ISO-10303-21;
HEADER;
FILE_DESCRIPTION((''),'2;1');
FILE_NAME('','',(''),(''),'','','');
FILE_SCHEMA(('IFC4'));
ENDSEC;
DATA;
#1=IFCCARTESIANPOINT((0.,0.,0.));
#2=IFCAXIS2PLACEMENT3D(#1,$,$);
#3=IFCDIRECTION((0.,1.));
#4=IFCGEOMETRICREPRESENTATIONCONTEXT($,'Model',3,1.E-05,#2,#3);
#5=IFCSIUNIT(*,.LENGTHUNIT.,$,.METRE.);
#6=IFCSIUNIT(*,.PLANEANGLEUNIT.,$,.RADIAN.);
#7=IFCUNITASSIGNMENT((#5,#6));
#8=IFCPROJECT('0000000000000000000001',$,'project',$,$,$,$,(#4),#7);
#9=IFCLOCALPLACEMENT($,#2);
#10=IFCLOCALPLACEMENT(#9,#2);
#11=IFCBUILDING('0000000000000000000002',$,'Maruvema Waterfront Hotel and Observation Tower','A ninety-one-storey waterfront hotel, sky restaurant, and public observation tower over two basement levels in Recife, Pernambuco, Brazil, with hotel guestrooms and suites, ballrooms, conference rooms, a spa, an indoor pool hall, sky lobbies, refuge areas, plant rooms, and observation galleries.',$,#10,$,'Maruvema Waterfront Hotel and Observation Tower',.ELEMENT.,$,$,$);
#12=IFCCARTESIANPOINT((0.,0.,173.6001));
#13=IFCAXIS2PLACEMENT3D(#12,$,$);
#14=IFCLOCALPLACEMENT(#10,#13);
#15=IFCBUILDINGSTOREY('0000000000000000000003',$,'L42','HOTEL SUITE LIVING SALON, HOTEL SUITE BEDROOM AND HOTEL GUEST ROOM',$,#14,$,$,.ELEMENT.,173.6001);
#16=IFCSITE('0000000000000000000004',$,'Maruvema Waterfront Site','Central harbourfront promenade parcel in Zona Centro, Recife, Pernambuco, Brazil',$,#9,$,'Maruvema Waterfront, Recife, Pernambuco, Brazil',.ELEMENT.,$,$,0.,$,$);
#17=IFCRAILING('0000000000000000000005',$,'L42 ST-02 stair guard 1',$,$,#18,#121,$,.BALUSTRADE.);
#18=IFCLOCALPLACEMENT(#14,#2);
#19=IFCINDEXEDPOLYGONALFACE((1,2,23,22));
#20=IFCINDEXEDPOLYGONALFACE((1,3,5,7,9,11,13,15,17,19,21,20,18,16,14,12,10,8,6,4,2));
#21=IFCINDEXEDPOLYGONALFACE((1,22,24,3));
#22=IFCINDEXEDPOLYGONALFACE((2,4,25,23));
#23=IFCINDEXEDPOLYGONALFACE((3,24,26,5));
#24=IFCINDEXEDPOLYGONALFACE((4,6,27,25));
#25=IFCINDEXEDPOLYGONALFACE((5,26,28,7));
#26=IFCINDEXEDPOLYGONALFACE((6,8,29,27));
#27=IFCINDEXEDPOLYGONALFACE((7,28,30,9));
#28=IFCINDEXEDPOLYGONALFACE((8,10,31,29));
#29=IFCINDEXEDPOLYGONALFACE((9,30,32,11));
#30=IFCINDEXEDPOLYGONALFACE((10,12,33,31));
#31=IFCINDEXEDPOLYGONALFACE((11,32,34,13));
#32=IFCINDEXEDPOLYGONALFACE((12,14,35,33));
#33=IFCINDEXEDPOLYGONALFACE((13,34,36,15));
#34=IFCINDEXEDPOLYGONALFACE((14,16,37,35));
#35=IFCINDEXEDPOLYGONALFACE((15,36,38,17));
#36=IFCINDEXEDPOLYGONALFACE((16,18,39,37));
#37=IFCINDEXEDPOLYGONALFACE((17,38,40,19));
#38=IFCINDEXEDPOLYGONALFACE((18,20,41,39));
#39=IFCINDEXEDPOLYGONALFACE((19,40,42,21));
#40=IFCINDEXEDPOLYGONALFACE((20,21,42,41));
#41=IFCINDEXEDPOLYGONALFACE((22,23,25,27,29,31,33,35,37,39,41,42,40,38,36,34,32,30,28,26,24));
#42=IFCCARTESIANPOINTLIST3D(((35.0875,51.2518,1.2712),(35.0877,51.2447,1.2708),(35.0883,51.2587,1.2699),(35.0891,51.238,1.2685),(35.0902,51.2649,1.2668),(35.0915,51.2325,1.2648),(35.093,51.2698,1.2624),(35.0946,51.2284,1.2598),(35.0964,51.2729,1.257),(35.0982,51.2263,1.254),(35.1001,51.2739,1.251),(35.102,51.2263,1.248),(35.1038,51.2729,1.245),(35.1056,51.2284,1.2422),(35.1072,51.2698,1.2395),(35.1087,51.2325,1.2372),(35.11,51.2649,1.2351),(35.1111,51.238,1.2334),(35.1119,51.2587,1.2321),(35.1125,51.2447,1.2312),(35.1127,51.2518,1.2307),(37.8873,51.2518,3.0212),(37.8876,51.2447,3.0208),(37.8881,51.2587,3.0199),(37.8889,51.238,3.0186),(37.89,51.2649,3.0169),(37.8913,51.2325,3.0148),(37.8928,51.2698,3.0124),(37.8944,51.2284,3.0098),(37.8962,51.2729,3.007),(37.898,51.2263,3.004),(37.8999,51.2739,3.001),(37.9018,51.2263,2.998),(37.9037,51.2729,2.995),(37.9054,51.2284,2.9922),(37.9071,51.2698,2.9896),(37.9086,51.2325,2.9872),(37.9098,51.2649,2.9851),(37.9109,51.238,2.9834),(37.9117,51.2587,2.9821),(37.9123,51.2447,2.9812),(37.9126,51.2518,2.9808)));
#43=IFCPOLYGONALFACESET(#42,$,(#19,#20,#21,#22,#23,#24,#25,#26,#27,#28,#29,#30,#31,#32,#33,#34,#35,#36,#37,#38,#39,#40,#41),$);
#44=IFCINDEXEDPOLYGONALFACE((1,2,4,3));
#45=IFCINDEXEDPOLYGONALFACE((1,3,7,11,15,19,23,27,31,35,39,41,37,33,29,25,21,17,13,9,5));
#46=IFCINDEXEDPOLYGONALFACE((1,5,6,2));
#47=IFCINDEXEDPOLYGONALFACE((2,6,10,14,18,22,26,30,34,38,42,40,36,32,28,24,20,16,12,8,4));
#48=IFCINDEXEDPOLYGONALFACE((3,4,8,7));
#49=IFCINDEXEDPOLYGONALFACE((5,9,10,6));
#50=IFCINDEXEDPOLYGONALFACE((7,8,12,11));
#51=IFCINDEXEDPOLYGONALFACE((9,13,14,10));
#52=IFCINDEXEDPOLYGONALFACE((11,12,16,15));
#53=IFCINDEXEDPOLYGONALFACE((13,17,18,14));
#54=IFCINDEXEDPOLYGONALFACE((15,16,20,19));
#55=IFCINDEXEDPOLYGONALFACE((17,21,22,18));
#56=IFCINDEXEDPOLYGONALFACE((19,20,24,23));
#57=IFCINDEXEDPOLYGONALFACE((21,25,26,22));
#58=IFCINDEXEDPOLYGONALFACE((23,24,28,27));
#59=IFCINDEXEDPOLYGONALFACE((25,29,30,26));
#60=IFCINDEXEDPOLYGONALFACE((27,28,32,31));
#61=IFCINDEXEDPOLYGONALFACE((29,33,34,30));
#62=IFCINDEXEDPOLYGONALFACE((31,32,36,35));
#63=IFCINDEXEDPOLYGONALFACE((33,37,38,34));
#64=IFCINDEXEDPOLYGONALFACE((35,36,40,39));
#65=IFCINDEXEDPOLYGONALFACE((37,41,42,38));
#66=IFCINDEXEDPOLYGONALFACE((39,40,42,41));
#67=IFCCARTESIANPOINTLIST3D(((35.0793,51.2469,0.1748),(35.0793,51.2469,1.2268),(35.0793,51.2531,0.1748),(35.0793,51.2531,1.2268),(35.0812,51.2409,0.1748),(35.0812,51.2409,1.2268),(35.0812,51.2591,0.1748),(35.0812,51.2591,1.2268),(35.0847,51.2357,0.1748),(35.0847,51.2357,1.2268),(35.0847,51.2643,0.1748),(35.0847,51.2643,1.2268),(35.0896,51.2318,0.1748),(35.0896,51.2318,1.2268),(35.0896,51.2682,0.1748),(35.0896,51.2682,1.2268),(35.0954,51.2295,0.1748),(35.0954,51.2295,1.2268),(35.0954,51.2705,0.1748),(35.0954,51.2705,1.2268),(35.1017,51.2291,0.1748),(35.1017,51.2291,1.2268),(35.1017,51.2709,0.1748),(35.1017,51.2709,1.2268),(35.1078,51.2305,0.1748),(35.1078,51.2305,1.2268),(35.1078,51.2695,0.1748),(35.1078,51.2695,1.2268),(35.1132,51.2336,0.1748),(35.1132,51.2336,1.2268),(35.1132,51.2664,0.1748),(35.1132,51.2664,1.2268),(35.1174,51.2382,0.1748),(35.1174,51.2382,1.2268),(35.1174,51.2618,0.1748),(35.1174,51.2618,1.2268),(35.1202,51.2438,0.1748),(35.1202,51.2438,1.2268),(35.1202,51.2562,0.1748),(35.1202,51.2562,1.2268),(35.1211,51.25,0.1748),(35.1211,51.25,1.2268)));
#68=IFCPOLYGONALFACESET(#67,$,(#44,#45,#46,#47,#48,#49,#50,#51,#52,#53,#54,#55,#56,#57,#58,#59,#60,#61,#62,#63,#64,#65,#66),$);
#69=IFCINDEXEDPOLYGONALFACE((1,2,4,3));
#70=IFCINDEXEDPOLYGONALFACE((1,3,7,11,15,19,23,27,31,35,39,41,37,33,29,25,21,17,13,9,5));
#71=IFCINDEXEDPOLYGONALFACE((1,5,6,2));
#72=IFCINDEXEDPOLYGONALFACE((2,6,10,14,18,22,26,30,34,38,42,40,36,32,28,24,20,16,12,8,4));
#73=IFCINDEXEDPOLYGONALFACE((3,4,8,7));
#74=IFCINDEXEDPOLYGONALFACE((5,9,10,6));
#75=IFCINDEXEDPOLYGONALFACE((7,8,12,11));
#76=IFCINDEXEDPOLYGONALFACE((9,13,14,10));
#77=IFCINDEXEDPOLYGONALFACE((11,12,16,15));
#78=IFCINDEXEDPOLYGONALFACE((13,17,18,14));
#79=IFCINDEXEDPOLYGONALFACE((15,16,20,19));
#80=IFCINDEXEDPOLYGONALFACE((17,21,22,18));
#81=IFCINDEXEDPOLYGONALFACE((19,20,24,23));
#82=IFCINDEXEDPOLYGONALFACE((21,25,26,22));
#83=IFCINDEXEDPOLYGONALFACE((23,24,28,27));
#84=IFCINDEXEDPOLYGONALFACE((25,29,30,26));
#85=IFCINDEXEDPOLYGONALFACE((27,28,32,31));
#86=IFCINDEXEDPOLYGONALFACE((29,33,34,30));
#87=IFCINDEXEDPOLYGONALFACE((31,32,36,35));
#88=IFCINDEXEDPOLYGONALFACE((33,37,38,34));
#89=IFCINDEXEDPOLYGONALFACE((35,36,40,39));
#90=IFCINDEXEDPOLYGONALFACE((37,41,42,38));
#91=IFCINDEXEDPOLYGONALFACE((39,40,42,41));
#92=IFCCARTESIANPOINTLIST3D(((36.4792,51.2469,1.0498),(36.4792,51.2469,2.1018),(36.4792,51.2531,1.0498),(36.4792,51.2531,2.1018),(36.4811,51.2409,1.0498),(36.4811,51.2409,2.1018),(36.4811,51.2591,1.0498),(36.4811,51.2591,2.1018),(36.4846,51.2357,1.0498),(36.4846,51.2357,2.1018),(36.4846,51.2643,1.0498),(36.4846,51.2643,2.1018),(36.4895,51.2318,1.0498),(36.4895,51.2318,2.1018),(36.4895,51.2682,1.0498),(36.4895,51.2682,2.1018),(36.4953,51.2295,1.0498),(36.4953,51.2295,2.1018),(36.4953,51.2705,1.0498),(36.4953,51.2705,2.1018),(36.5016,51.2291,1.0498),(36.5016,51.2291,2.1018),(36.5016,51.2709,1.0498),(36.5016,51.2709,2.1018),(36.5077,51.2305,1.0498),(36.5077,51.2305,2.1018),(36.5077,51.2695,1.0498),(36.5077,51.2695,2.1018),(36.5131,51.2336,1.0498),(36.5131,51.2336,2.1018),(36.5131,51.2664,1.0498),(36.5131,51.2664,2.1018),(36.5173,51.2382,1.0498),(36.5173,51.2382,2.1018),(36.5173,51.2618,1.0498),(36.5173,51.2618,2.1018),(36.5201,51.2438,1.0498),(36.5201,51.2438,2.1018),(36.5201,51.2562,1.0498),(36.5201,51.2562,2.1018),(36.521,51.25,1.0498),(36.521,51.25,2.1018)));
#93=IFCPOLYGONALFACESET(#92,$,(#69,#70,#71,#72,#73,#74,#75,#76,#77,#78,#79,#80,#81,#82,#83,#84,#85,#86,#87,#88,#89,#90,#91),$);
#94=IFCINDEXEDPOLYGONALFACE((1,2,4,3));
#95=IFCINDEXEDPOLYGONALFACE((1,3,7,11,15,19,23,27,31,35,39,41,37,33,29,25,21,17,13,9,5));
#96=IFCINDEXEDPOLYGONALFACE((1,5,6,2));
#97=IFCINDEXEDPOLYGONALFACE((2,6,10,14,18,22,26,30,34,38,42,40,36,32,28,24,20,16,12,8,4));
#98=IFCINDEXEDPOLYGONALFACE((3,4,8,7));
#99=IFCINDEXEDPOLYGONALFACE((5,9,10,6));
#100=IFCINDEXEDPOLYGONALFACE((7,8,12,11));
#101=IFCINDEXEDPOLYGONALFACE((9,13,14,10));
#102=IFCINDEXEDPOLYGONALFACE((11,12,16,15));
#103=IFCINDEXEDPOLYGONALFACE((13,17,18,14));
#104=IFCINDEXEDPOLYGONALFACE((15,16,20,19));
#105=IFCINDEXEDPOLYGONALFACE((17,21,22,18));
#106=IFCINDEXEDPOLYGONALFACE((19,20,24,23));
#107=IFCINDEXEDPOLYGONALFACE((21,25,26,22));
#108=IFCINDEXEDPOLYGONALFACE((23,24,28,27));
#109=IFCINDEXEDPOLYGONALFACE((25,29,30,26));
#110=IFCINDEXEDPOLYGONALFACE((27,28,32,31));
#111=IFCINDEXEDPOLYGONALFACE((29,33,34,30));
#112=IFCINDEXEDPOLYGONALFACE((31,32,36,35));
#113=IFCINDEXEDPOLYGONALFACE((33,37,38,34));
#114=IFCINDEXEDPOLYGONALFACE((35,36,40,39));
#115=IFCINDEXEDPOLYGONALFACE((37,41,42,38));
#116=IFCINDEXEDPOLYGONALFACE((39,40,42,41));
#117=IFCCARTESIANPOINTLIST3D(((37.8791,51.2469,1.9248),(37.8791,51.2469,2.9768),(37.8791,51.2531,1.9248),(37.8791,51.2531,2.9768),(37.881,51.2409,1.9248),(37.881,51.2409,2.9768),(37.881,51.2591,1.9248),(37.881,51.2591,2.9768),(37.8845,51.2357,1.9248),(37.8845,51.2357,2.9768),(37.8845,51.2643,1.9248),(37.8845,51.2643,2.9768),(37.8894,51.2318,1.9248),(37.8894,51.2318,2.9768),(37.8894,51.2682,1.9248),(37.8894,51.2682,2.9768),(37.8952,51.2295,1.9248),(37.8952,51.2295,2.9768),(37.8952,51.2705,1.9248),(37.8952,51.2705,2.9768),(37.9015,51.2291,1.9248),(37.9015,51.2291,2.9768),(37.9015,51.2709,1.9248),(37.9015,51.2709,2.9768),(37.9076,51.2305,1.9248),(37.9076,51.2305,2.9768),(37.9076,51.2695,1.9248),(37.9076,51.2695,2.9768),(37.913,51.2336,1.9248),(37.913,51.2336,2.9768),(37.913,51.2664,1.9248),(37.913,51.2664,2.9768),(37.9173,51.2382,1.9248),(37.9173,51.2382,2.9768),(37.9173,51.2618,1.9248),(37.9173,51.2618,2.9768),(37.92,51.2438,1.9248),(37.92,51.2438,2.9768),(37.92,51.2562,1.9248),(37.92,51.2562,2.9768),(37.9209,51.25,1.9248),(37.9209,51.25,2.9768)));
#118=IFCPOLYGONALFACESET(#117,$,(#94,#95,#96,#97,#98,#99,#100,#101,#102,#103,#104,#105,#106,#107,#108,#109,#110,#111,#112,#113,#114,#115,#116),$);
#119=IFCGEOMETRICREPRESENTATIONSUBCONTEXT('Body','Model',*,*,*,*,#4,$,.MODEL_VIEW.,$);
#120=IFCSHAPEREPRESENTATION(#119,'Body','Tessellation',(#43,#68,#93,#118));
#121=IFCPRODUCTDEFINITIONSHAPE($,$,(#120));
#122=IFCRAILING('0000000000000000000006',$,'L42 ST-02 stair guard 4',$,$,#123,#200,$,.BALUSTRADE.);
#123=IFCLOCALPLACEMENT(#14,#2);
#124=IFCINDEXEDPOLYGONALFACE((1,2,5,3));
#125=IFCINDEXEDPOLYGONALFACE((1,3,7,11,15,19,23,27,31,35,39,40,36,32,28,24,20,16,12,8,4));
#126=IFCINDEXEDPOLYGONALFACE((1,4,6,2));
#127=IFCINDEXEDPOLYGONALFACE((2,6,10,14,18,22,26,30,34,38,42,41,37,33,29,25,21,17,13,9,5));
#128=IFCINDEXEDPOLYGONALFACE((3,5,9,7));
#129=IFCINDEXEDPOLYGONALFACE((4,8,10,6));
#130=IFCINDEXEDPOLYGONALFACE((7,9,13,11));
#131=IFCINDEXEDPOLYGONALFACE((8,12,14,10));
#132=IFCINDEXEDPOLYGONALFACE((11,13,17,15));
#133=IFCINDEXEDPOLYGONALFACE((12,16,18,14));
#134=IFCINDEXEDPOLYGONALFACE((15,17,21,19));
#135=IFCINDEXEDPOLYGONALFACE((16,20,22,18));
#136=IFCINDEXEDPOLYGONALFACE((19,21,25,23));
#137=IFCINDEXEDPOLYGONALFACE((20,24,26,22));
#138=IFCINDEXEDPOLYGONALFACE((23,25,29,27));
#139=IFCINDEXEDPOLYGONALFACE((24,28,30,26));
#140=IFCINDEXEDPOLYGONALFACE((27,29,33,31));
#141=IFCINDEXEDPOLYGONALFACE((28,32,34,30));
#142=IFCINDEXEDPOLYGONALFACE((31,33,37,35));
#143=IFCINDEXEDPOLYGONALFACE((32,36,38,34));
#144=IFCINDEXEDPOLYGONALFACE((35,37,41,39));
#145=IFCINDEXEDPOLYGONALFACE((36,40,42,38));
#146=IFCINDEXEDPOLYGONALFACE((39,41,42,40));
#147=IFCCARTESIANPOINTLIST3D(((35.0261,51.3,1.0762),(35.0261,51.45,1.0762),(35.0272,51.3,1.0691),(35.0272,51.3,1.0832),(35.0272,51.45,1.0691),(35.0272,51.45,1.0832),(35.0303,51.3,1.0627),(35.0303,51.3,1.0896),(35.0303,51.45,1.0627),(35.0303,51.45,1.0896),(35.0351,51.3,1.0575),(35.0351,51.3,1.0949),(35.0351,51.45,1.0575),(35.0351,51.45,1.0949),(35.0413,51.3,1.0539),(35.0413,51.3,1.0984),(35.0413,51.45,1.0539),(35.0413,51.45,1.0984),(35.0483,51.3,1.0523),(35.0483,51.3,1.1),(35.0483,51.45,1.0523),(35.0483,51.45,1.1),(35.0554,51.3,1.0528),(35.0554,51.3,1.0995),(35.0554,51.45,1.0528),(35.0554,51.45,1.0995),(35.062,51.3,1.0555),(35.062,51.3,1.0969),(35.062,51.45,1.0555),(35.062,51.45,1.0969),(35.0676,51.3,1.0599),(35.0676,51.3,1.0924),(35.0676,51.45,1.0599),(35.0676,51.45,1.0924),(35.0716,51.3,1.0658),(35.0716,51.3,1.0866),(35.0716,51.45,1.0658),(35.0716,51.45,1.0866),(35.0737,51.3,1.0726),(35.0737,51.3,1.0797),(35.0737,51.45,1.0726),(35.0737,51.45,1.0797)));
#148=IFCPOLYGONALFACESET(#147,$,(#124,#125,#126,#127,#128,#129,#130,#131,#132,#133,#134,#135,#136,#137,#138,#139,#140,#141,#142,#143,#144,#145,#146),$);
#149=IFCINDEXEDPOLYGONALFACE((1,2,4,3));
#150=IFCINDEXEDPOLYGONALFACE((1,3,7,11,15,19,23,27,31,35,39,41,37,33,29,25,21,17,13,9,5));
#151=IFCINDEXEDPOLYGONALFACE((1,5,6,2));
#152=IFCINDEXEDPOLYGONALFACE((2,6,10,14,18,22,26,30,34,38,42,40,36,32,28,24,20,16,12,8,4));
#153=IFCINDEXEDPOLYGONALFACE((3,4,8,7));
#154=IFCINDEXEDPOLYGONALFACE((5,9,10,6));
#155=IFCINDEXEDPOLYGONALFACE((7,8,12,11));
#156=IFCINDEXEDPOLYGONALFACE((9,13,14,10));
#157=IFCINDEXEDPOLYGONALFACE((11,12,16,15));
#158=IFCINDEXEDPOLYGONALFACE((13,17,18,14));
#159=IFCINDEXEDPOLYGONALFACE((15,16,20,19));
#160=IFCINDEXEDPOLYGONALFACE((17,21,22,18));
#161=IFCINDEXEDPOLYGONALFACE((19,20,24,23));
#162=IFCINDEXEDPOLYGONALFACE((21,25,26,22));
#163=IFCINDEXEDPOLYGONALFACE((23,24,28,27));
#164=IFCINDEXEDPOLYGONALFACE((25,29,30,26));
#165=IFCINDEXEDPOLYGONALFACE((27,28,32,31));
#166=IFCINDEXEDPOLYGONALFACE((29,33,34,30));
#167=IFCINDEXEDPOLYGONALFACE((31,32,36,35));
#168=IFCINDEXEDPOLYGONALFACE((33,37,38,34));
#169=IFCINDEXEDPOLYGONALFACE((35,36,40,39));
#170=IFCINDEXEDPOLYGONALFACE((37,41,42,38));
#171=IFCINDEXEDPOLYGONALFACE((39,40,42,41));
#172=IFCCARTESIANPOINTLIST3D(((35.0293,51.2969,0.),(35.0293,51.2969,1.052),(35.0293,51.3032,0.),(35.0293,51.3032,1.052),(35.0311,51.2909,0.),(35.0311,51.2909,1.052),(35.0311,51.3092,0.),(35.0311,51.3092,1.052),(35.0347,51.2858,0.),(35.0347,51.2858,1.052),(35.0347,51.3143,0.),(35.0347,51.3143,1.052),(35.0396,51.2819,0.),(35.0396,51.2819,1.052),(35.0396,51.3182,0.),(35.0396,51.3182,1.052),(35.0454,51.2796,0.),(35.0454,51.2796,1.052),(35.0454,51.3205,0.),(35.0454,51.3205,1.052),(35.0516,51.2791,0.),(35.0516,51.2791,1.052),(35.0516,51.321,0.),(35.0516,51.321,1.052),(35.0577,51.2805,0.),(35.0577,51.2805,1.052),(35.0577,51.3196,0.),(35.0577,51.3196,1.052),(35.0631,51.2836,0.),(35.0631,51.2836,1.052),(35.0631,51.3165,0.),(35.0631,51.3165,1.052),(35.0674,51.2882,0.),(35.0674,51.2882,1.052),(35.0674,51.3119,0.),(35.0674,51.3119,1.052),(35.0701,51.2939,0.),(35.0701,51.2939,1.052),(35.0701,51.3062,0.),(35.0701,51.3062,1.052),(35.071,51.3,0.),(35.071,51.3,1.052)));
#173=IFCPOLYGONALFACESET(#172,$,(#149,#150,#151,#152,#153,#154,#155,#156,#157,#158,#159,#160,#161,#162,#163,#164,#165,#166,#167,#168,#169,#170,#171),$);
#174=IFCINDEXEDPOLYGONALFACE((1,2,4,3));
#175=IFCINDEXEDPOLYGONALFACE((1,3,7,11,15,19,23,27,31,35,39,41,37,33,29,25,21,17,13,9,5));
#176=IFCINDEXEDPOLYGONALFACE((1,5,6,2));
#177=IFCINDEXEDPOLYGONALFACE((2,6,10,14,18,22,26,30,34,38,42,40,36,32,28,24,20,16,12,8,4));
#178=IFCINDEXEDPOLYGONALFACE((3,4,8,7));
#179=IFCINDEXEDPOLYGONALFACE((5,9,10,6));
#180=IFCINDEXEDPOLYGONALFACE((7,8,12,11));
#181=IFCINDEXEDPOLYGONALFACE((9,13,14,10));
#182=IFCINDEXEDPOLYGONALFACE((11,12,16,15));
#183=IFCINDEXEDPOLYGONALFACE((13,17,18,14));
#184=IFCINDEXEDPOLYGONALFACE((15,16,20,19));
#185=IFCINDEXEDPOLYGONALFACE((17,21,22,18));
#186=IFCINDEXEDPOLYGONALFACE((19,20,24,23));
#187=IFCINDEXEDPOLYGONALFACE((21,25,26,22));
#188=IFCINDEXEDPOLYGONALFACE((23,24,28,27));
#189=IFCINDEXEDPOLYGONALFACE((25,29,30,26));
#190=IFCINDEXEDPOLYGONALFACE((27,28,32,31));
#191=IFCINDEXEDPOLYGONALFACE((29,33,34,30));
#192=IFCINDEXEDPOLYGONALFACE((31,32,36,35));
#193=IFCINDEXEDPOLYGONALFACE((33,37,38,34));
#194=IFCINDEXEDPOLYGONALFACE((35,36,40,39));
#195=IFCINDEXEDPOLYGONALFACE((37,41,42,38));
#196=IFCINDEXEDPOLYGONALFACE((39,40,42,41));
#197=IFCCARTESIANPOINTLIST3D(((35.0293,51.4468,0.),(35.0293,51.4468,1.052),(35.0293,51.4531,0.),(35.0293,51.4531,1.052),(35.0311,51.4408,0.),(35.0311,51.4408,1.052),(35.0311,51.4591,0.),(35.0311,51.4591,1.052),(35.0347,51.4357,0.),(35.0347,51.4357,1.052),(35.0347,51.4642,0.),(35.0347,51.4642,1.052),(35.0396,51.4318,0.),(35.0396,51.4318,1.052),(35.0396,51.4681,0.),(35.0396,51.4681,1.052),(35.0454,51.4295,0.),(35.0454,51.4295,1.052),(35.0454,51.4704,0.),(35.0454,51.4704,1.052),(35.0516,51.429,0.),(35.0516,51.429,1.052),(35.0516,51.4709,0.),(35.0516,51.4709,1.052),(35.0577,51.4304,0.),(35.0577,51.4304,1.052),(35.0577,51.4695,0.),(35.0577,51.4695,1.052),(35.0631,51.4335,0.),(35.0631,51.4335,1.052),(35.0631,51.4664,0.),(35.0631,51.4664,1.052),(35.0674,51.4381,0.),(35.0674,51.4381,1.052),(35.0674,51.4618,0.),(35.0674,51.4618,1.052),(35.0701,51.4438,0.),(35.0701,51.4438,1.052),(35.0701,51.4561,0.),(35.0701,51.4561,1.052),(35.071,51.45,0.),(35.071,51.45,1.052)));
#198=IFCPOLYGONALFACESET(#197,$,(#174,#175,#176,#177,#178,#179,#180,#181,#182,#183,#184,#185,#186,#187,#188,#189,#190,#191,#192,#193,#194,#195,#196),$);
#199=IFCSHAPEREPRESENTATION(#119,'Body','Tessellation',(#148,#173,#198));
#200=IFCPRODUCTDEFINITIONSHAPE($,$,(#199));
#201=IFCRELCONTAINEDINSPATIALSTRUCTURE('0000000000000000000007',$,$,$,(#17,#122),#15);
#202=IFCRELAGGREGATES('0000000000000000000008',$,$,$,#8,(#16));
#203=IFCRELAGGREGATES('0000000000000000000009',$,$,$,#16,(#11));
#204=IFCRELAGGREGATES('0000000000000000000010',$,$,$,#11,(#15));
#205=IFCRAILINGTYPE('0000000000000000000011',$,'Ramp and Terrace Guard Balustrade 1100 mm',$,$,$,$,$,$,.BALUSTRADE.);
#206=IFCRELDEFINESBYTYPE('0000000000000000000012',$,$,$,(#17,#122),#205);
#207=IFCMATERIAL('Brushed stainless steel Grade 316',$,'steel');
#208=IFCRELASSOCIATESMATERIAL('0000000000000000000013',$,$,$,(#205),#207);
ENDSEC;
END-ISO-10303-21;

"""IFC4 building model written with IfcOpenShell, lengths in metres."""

from ifc_helpers import new_model, si_unit, direction, frame, origin, origin_2d, place, context, subcontext, project, spatial, circle, extrude, material, type_object, element, save


model = new_model("IFC4")

# Units and contexts
model_context = context("Model", 3, precision=1e-05, world=origin(), true_north=direction((0.0, 1.0)))
body_context = subcontext(model_context, "Body", "Model", "MODEL_VIEW")
ifc_project = project(units=[si_unit("LENGTHUNIT", "METRE"), si_unit("PLANEANGLEUNIT", "RADIAN")], contexts=[model_context])

# Site, building, storey
site_placement = place(None, origin())
site = spatial("IfcSite", under=ifc_project, at=site_placement, Name="Maruvema Waterfront Site", Description="Central harbourfront promenade parcel in Zona Centro, Recife, Pernambuco, Brazil", LongName="Maruvema Waterfront, Recife, Pernambuco, Brazil", CompositionType="ELEMENT", RefElevation=0.0)
building_placement = place(site_placement, origin())
building = spatial("IfcBuilding", under=site, at=building_placement, Name="Maruvema Waterfront Hotel and Observation Tower", Description="A ninety-one-storey waterfront hotel, sky restaurant, and public observation tower over two basement levels in Recife, Pernambuco, Brazil, with hotel guestrooms and suites, ballrooms, conference rooms, a spa, an indoor pool hall, sky lobbies, refuge areas, plant rooms, and observation galleries.", LongName="Maruvema Waterfront Hotel and Observation Tower", CompositionType="ELEMENT")
storey_placement = place(building_placement, frame((0.0, 0.0, 173.6001)))
storey = spatial("IfcBuildingStorey", under=building, at=storey_placement, Name="L42", Description="HOTEL SUITE LIVING SALON, HOTEL SUITE BEDROOM AND HOTEL GUEST ROOM", CompositionType="ELEMENT", Elevation=173.6001)

# Railings
ifc_material_1 = material(Name="Brushed stainless steel Grade 316", Category="steel")
railing_type_1 = type_object("IfcRailingType", Name="Ramp and Terrace Guard Balustrade 1100 mm", PredefinedType="BALUSTRADE", material=ifc_material_1)
railing_1_placement = place(storey_placement, frame((35.1001, 51.25, 0.1748)))
element("IfcRailing", 1, at=railing_1_placement, inside=storey, type_object=railing_type_1, Name="L42 ST-02 stair guard 1", PredefinedType="BALUSTRADE", context=body_context, shape_type="SweptSolid", body=[
    extrude(circle(Radius=0.0239, at=origin_2d()), frame((0.0, 0.0, 1.0762), z_axis=(0.847982, 0.0, 0.530026), x_axis=(0.0, 1.0, 0.0)), (0.0, 0.0, 1.0), 3.3018),
    extrude(circle(Radius=0.021, at=origin_2d()), origin(), (0.0, 0.0, 1.0), 1.052),
    extrude(circle(Radius=0.021, at=origin_2d()), frame((1.3999, 0.0, 0.875)), (0.0, 0.0, 1.0), 1.052),
    extrude(circle(Radius=0.021, at=origin_2d()), frame((2.7998, 0.0, 1.75)), (0.0, 0.0, 1.0), 1.052),
])
railing_2_placement = place(storey_placement, frame((35.05, 51.3, 0.0)))
element("IfcRailing", 2, at=railing_2_placement, inside=storey, type_object=railing_type_1, Name="L42 ST-02 stair guard 4", PredefinedType="BALUSTRADE", context=body_context, shape_type="SweptSolid", body=[
    extrude(circle(Radius=0.0239, at=origin_2d()), frame((0.0, 0.0, 1.0762), z_axis=(0.0, 1.0, 0.0), x_axis=(-1.0, 0.0, 0.0)), (0.0, 0.0, 1.0), 0.1499),
    extrude(circle(Radius=0.021, at=origin_2d()), origin(), (0.0, 0.0, 1.0), 1.052),
    extrude(circle(Radius=0.021, at=origin_2d()), frame((0.0, 0.1499, 0.0)), (0.0, 0.0, 1.0), 1.052),
])

save(model, "model.ifc")
